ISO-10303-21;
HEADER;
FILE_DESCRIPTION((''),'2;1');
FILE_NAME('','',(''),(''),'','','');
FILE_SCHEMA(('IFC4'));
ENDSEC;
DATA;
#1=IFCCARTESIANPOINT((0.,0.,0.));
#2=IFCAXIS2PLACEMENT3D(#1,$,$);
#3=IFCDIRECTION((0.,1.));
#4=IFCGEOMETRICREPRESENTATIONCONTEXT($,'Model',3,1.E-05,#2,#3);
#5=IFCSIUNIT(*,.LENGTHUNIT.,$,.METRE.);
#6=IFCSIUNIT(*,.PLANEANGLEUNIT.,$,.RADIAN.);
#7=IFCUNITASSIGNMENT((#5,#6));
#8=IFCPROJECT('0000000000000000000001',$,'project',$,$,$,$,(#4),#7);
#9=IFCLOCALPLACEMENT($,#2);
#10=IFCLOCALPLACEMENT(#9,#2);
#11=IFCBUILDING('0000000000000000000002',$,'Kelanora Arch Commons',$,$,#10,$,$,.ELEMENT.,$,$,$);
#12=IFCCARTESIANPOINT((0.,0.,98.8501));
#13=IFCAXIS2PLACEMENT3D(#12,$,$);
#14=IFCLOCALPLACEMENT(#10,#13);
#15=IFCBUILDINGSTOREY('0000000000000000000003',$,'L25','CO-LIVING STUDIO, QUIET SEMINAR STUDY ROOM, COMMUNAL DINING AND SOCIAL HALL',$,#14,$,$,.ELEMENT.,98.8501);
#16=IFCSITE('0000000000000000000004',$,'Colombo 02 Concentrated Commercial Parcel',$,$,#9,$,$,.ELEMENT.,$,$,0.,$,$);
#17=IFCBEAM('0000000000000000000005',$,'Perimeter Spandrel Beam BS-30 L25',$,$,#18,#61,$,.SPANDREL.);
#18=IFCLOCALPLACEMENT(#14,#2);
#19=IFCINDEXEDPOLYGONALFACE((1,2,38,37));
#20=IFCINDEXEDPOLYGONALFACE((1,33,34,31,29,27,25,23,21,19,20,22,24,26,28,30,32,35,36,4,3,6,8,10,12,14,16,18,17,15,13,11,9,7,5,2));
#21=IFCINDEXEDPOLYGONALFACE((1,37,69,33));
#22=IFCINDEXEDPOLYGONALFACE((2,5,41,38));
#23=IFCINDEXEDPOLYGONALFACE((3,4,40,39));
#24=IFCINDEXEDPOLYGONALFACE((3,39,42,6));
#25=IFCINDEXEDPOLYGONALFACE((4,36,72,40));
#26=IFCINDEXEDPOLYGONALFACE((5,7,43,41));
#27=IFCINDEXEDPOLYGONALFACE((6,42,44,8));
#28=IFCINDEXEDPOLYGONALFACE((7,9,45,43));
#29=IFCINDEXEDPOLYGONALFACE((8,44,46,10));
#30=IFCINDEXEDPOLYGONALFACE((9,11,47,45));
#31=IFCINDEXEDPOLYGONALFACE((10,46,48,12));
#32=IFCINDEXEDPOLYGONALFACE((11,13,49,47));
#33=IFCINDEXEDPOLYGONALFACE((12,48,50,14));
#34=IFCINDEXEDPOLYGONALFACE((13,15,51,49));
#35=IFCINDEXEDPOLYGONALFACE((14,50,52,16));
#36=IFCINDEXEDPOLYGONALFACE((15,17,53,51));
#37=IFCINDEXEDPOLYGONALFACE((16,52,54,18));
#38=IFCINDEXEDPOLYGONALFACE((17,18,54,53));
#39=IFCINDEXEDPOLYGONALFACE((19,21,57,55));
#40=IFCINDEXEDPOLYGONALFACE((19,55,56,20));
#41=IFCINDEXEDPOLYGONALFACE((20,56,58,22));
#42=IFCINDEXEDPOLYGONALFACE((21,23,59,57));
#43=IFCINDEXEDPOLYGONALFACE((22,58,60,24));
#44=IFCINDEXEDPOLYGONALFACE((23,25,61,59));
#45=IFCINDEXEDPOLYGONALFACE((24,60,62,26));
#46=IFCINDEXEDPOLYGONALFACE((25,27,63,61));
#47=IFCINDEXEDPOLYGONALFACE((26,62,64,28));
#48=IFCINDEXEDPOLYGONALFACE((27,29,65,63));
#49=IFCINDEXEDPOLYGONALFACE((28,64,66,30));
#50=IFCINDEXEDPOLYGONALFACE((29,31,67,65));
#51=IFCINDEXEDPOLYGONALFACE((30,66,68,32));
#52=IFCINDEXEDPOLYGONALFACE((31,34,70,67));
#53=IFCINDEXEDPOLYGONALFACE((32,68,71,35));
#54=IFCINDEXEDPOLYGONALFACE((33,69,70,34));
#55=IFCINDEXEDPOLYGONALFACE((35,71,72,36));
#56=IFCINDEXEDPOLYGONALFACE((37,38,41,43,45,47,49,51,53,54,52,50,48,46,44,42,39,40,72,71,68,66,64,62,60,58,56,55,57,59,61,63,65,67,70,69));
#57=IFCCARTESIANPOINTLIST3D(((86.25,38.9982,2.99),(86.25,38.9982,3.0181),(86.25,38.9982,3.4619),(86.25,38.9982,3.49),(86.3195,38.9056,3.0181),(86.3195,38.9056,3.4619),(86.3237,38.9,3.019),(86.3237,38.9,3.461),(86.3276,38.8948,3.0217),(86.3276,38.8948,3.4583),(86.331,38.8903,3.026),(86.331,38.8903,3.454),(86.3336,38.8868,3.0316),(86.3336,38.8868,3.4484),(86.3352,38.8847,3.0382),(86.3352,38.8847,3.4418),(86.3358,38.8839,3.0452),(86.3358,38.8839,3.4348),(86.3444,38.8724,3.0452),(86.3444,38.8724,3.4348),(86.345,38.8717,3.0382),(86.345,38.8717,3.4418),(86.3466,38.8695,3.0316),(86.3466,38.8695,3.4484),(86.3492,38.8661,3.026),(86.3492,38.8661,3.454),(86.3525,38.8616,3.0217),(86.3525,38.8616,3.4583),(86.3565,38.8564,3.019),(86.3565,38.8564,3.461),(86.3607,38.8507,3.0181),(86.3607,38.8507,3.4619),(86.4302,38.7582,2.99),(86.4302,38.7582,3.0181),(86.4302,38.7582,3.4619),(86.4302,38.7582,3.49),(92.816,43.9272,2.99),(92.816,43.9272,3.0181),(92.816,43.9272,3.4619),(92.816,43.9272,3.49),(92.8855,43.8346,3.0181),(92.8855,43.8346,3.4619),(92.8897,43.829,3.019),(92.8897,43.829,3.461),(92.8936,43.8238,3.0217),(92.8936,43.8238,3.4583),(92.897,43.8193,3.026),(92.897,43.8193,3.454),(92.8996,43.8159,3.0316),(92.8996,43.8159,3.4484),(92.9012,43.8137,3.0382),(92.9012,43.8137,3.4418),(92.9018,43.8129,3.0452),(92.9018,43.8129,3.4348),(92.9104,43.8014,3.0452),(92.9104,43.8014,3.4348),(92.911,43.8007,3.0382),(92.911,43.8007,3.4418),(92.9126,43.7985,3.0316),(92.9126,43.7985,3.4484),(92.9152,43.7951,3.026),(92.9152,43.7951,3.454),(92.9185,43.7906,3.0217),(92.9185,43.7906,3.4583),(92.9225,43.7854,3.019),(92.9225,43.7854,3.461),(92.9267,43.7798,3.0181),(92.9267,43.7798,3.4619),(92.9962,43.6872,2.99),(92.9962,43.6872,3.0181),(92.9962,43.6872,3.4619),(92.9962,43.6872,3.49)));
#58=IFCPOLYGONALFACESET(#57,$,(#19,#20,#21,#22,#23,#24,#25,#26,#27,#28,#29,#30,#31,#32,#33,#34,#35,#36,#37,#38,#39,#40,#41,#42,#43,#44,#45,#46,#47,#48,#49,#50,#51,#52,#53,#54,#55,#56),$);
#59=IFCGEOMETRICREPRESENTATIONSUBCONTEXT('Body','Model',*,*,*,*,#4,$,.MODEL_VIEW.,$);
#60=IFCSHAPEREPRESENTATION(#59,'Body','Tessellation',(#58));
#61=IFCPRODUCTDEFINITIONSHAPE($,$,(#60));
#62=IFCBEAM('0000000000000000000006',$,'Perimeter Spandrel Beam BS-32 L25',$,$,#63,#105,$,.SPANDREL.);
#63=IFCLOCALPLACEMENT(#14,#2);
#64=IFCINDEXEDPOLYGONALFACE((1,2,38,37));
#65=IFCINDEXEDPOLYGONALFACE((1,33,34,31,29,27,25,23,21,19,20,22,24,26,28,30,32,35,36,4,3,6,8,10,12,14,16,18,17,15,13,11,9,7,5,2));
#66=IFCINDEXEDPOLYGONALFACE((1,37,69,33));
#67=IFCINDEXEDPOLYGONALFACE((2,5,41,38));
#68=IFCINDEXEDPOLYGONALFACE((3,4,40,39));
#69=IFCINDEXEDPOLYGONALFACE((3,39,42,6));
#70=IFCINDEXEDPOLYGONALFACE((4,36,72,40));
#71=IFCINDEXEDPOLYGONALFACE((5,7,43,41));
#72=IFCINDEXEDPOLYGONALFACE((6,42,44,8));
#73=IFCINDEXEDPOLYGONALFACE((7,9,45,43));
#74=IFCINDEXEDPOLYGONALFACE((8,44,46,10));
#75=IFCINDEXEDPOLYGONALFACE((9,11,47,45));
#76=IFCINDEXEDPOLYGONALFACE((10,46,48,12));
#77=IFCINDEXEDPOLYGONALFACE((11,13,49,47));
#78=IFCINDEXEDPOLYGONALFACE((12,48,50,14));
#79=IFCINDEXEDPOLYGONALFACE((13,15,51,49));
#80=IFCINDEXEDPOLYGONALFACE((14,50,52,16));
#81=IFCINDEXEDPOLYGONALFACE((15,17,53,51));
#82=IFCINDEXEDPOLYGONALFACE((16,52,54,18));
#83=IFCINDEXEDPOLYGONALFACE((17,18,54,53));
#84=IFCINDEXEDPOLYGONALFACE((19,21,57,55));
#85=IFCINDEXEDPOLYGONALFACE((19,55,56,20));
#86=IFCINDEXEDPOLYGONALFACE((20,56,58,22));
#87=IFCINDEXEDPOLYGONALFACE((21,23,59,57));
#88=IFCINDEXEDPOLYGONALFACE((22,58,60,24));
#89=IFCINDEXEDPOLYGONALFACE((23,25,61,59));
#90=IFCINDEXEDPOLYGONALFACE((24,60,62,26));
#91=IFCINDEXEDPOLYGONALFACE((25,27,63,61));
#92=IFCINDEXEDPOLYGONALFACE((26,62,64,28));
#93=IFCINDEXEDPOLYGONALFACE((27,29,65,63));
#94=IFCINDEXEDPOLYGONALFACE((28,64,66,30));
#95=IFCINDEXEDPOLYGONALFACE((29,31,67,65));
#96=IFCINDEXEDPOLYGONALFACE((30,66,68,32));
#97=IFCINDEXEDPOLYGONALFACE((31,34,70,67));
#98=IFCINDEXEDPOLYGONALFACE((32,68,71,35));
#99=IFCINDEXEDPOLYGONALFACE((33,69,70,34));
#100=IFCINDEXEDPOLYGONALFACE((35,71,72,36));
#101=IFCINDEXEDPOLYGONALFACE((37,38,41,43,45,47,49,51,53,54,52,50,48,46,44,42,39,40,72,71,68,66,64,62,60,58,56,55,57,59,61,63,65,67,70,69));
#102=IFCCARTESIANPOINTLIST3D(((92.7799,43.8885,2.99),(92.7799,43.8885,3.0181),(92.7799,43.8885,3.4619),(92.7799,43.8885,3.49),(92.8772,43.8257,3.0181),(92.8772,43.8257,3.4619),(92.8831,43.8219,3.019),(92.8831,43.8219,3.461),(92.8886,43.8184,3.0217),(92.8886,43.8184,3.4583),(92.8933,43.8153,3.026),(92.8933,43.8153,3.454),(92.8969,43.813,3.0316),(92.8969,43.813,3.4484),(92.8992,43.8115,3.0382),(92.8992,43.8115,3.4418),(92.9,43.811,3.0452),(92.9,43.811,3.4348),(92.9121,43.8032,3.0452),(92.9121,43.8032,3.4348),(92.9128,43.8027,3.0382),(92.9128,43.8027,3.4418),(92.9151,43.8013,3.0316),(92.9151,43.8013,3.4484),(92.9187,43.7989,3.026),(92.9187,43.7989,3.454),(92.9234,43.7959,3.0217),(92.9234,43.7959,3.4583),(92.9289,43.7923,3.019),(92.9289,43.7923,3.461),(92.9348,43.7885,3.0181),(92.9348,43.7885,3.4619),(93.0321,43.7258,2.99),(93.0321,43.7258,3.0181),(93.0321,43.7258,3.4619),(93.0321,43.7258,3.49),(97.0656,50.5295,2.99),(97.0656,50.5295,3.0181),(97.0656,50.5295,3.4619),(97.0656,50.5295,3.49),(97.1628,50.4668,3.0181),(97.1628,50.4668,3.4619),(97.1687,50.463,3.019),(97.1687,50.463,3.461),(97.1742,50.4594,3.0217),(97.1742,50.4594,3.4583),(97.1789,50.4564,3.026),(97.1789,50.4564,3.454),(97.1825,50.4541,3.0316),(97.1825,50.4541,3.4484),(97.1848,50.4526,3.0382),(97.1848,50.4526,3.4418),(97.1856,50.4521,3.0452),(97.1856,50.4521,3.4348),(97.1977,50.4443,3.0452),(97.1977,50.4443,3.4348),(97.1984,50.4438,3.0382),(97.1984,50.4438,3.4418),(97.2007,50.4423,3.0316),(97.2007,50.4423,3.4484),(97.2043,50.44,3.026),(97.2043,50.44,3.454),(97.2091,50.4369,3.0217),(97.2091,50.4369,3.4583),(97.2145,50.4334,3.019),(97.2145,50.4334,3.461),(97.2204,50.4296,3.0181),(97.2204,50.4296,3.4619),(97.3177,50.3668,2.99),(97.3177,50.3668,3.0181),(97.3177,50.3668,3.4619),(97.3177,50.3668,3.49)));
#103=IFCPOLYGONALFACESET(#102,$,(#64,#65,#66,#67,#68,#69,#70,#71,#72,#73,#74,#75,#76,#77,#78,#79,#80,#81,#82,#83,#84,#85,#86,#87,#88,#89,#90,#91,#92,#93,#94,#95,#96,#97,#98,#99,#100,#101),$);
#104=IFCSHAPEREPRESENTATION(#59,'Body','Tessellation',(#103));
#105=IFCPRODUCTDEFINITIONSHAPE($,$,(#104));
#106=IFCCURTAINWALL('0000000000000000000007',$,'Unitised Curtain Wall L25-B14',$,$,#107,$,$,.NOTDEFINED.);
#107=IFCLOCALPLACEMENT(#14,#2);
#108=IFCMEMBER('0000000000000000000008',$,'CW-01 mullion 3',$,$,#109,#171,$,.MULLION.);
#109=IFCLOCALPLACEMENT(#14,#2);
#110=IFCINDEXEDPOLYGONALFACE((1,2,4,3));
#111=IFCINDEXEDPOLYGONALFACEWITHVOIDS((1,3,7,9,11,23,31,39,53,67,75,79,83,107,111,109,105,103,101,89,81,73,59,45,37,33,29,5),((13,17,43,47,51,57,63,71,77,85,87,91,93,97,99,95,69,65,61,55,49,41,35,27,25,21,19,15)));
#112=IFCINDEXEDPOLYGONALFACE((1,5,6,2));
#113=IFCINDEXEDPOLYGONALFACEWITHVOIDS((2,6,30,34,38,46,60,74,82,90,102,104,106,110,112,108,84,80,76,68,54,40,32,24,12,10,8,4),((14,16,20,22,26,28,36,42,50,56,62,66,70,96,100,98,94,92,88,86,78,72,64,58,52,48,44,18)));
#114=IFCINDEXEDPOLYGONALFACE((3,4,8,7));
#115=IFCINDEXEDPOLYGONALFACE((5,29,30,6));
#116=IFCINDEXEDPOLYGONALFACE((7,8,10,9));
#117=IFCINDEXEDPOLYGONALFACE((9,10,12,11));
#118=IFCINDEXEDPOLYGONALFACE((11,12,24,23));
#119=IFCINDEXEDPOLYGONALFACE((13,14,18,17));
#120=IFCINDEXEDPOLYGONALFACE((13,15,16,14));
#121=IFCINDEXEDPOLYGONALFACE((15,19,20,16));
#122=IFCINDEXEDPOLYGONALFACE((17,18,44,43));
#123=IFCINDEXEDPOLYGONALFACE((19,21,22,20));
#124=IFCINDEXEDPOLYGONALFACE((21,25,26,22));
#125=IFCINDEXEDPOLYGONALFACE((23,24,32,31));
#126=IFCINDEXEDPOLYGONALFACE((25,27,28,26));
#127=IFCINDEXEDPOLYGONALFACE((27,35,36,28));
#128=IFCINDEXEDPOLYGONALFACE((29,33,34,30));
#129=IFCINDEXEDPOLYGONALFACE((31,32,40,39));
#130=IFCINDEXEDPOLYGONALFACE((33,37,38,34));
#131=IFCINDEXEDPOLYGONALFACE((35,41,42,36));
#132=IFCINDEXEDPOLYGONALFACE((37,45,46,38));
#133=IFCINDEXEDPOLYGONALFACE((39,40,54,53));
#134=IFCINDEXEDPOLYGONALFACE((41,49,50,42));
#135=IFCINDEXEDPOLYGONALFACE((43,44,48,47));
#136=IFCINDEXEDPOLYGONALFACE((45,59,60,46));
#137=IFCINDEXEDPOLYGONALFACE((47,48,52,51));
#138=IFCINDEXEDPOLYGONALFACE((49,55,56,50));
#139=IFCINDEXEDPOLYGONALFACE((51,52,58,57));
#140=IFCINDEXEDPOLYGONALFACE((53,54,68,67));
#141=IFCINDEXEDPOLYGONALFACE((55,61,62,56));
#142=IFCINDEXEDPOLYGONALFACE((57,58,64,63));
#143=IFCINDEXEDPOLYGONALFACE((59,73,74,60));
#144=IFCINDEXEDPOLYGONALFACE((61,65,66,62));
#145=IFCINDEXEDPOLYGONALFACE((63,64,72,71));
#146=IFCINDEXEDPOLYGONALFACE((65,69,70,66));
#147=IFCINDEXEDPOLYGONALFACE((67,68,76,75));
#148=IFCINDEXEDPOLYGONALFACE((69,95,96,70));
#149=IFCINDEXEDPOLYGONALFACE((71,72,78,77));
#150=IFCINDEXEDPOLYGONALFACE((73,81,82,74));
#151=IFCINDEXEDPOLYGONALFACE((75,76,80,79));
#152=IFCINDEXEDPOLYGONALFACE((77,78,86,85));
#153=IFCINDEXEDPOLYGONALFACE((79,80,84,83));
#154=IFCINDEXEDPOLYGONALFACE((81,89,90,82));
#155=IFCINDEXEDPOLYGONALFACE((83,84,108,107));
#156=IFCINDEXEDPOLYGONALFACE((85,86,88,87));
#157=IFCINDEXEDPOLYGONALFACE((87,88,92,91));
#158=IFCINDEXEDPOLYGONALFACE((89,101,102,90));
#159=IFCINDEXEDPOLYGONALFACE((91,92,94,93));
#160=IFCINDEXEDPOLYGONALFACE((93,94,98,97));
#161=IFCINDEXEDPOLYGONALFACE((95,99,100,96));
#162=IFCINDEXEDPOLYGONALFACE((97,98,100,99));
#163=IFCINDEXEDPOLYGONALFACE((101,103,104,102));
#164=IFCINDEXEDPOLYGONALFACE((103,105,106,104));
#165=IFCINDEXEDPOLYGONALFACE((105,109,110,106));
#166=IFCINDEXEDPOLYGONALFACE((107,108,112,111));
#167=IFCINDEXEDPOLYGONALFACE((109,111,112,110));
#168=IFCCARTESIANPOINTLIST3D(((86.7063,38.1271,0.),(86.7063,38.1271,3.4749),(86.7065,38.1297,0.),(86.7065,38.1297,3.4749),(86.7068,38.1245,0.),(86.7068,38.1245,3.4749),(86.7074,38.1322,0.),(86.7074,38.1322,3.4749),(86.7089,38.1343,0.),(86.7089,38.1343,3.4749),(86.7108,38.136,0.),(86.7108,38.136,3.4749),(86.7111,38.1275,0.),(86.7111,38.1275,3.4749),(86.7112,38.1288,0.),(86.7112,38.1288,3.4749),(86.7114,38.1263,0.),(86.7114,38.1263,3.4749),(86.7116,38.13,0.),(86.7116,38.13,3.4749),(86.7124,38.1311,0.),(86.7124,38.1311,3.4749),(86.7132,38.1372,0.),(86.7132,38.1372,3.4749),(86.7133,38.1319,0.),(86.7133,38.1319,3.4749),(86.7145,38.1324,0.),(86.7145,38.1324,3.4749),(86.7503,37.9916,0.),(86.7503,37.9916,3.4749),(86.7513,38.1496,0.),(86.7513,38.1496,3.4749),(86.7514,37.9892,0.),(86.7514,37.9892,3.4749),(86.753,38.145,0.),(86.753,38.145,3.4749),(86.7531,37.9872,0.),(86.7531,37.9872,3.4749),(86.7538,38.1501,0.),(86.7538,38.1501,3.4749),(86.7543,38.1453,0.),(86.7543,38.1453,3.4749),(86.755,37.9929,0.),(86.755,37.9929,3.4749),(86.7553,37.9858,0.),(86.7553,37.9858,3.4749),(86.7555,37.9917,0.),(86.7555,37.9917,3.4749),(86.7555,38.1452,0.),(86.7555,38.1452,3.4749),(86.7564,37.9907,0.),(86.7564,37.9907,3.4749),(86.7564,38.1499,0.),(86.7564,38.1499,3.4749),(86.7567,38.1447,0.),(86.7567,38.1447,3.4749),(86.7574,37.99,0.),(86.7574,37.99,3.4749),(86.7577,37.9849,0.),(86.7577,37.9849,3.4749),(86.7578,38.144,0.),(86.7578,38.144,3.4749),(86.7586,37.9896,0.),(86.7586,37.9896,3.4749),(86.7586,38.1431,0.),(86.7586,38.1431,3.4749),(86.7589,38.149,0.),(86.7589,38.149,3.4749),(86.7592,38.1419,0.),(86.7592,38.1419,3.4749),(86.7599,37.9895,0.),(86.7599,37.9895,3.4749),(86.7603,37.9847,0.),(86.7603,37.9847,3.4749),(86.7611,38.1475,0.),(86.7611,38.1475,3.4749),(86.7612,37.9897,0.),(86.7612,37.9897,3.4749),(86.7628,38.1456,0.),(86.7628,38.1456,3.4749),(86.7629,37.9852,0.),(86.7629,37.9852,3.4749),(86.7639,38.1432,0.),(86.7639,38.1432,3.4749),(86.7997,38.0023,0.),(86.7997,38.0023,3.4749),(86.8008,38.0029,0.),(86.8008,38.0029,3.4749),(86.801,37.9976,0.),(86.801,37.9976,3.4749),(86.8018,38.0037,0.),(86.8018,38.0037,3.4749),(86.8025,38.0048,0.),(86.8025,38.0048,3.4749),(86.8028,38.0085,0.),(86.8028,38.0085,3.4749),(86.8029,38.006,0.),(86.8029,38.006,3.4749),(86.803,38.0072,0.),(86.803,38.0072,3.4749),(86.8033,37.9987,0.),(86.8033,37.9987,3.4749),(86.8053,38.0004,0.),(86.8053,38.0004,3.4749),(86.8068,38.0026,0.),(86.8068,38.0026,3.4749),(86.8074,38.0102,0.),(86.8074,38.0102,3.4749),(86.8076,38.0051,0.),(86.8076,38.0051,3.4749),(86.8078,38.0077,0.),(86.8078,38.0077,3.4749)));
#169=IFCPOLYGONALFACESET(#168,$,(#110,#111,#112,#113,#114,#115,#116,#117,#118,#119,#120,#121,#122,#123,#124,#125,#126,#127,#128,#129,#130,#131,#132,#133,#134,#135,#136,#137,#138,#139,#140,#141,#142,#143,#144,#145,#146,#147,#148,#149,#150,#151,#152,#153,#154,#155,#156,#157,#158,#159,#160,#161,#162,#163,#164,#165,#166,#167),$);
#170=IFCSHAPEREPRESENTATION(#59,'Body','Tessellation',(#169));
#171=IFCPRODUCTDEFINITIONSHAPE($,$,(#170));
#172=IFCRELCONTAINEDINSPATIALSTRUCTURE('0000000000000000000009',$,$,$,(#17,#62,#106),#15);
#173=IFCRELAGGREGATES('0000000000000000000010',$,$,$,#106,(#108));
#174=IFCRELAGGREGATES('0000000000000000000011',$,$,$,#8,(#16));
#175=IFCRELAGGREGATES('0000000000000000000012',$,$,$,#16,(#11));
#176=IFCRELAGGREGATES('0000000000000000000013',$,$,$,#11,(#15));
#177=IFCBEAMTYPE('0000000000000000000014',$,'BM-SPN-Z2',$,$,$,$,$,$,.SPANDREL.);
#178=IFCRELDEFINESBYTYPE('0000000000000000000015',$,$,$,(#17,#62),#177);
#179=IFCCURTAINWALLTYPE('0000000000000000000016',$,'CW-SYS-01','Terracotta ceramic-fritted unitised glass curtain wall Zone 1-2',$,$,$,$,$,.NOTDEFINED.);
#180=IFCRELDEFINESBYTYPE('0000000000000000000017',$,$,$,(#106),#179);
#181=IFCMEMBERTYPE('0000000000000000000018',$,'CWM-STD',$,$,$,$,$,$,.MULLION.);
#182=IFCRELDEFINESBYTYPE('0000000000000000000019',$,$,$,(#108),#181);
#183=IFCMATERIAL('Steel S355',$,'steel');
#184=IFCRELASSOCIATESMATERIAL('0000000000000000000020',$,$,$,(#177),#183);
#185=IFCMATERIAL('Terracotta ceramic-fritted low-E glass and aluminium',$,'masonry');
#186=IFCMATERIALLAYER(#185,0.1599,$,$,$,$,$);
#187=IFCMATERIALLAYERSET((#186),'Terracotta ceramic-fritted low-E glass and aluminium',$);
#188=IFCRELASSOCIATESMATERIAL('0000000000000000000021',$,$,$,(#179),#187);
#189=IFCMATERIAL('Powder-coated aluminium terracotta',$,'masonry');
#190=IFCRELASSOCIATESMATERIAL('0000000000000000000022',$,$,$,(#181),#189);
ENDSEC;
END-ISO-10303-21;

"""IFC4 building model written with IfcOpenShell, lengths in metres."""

from ifc_helpers import new_model, si_unit, direction, frame, origin, origin_2d, place, context, subcontext, project, spatial, hollow_rectangle, i_section, extrude, material, layer, layer_set, material_profile, profile_set, type_object, element, aggregate, save


model = new_model("IFC4")

# Units and contexts
model_context = context("Model", 3, precision=1e-05, world=origin(), true_north=direction((0.0, 1.0)))
body_context = subcontext(model_context, "Body", "Model", "MODEL_VIEW")
ifc_project = project(units=[si_unit("LENGTHUNIT", "METRE"), si_unit("PLANEANGLEUNIT", "RADIAN")], contexts=[model_context])

# Site, building, storey
site_placement = place(None, origin())
site = spatial("IfcSite", under=ifc_project, at=site_placement, Name="Colombo 02 Concentrated Commercial Parcel", CompositionType="ELEMENT", RefElevation=0.0)
building_placement = place(site_placement, origin())
building = spatial("IfcBuilding", under=site, at=building_placement, Name="Kelanora Arch Commons", CompositionType="ELEMENT")
storey_placement = place(building_placement, frame((0.0, 0.0, 98.8501)))
storey = spatial("IfcBuildingStorey", under=building, at=storey_placement, Name="L25", Description="CO-LIVING STUDIO, QUIET SEMINAR STUDY ROOM, COMMUNAL DINING AND SOCIAL HALL", CompositionType="ELEMENT", Elevation=98.8501)

# Beams
ifc_material_1 = material(Name="Steel S355", Category="steel")
ifc_material_profile_1 = material_profile(ifc_material_1, i_section(OverallWidth=0.3, OverallDepth=0.5, WebThickness=0.0144, FlangeThickness=0.0281, FilletRadius=0.0271, at=origin_2d()), Name="HEB500")
ifc_profile_set_1 = profile_set([ifc_material_profile_1], Name="Steel S355")
beam_type_1 = type_object("IfcBeamType", Name="BM-SPN-Z2", PredefinedType="SPANDREL", material=ifc_profile_set_1)
beam_1_placement = place(storey_placement, frame((86.3401, 38.8782, 3.24), z_axis=(0.799736, 0.600352, 0.0), x_axis=(-0.600352, 0.799736, 0.0)))
element("IfcBeam", 1, at=beam_1_placement, inside=storey, type_object=beam_type_1, Name="Perimeter Spandrel Beam BS-30 L25", PredefinedType="SPANDREL", context=body_context, shape_type="SweptSolid", body=[
    extrude(i_section(OverallWidth=0.3, OverallDepth=0.5, WebThickness=0.0144, FlangeThickness=0.0281, FilletRadius=0.0271, at=origin_2d()), origin(), (0.0, 0.0, 1.0), 8.2102),
])
beam_2_placement = place(storey_placement, frame((92.906, 43.8071, 3.24), z_axis=(0.542221, 0.840236, 0.0), x_axis=(-0.840236, 0.542221, 0.0)))
element("IfcBeam", 2, at=beam_2_placement, inside=storey, type_object=beam_type_1, Name="Perimeter Spandrel Beam BS-32 L25", PredefinedType="SPANDREL", context=body_context, shape_type="SweptSolid", body=[
    extrude(i_section(OverallWidth=0.3, OverallDepth=0.5, WebThickness=0.0144, FlangeThickness=0.0281, FilletRadius=0.0271, at=origin_2d()), origin(), (0.0, 0.0, 1.0), 7.9038),
])

# Curtain wall, member
ifc_material_2 = material(Name="Terracotta ceramic-fritted low-E glass and aluminium", Category="masonry")
ifc_layer_1 = layer(ifc_material_2, 0.1599)
ifc_layer_set_1 = layer_set([ifc_layer_1], Name="Terracotta ceramic-fritted low-E glass and aluminium")
curtain_wall_type = type_object("IfcCurtainWallType", Name="CW-SYS-01", Description="Terracotta ceramic-fritted unitised glass curtain wall Zone 1-2", PredefinedType="NOTDEFINED", material=ifc_layer_set_1)
curtain_wall_1_placement = place(storey_placement, origin())
curtain_wall_1 = element("IfcCurtainWall", 3, at=curtain_wall_1_placement, inside=storey, type_object=curtain_wall_type, Name="Unitised Curtain Wall L25-B14", PredefinedType="NOTDEFINED")
ifc_material_3 = material(Name="Powder-coated aluminium terracotta", Category="masonry")
ifc_material_profile_2 = material_profile(ifc_material_3, hollow_rectangle(XDim=0.1599, YDim=0.0601, WallThickness=0.0049, InnerFilletRadius=0.0049, OuterFilletRadius=0.01, at=origin_2d()), Name="CWM160x60")
ifc_profile_set_2 = profile_set([ifc_material_profile_2], Name="Powder-coated aluminium terracotta")
member_type_1 = type_object("IfcMemberType", Name="CWM-STD", PredefinedType="MULLION", material=ifc_profile_set_2)
member_1_placement = place(storey_placement, frame((86.7571, 38.0674, 0.0), z_axis=(0.0, 0.0, 1.0), x_axis=(-0.310805, 0.950474, 0.0)))
member_1 = element("IfcMember", 4, at=member_1_placement, type_object=member_type_1, Name="CW-01 mullion 3", PredefinedType="MULLION", context=body_context, shape_type="SweptSolid", body=[
    extrude(hollow_rectangle(XDim=0.1599, YDim=0.0601, WallThickness=0.0049, InnerFilletRadius=0.0049, OuterFilletRadius=0.01, at=origin_2d()), origin(), (0.0, 0.0, 1.0), 3.4749),
])
aggregate(curtain_wall_1, [member_1])

save(model, "model.ifc")
